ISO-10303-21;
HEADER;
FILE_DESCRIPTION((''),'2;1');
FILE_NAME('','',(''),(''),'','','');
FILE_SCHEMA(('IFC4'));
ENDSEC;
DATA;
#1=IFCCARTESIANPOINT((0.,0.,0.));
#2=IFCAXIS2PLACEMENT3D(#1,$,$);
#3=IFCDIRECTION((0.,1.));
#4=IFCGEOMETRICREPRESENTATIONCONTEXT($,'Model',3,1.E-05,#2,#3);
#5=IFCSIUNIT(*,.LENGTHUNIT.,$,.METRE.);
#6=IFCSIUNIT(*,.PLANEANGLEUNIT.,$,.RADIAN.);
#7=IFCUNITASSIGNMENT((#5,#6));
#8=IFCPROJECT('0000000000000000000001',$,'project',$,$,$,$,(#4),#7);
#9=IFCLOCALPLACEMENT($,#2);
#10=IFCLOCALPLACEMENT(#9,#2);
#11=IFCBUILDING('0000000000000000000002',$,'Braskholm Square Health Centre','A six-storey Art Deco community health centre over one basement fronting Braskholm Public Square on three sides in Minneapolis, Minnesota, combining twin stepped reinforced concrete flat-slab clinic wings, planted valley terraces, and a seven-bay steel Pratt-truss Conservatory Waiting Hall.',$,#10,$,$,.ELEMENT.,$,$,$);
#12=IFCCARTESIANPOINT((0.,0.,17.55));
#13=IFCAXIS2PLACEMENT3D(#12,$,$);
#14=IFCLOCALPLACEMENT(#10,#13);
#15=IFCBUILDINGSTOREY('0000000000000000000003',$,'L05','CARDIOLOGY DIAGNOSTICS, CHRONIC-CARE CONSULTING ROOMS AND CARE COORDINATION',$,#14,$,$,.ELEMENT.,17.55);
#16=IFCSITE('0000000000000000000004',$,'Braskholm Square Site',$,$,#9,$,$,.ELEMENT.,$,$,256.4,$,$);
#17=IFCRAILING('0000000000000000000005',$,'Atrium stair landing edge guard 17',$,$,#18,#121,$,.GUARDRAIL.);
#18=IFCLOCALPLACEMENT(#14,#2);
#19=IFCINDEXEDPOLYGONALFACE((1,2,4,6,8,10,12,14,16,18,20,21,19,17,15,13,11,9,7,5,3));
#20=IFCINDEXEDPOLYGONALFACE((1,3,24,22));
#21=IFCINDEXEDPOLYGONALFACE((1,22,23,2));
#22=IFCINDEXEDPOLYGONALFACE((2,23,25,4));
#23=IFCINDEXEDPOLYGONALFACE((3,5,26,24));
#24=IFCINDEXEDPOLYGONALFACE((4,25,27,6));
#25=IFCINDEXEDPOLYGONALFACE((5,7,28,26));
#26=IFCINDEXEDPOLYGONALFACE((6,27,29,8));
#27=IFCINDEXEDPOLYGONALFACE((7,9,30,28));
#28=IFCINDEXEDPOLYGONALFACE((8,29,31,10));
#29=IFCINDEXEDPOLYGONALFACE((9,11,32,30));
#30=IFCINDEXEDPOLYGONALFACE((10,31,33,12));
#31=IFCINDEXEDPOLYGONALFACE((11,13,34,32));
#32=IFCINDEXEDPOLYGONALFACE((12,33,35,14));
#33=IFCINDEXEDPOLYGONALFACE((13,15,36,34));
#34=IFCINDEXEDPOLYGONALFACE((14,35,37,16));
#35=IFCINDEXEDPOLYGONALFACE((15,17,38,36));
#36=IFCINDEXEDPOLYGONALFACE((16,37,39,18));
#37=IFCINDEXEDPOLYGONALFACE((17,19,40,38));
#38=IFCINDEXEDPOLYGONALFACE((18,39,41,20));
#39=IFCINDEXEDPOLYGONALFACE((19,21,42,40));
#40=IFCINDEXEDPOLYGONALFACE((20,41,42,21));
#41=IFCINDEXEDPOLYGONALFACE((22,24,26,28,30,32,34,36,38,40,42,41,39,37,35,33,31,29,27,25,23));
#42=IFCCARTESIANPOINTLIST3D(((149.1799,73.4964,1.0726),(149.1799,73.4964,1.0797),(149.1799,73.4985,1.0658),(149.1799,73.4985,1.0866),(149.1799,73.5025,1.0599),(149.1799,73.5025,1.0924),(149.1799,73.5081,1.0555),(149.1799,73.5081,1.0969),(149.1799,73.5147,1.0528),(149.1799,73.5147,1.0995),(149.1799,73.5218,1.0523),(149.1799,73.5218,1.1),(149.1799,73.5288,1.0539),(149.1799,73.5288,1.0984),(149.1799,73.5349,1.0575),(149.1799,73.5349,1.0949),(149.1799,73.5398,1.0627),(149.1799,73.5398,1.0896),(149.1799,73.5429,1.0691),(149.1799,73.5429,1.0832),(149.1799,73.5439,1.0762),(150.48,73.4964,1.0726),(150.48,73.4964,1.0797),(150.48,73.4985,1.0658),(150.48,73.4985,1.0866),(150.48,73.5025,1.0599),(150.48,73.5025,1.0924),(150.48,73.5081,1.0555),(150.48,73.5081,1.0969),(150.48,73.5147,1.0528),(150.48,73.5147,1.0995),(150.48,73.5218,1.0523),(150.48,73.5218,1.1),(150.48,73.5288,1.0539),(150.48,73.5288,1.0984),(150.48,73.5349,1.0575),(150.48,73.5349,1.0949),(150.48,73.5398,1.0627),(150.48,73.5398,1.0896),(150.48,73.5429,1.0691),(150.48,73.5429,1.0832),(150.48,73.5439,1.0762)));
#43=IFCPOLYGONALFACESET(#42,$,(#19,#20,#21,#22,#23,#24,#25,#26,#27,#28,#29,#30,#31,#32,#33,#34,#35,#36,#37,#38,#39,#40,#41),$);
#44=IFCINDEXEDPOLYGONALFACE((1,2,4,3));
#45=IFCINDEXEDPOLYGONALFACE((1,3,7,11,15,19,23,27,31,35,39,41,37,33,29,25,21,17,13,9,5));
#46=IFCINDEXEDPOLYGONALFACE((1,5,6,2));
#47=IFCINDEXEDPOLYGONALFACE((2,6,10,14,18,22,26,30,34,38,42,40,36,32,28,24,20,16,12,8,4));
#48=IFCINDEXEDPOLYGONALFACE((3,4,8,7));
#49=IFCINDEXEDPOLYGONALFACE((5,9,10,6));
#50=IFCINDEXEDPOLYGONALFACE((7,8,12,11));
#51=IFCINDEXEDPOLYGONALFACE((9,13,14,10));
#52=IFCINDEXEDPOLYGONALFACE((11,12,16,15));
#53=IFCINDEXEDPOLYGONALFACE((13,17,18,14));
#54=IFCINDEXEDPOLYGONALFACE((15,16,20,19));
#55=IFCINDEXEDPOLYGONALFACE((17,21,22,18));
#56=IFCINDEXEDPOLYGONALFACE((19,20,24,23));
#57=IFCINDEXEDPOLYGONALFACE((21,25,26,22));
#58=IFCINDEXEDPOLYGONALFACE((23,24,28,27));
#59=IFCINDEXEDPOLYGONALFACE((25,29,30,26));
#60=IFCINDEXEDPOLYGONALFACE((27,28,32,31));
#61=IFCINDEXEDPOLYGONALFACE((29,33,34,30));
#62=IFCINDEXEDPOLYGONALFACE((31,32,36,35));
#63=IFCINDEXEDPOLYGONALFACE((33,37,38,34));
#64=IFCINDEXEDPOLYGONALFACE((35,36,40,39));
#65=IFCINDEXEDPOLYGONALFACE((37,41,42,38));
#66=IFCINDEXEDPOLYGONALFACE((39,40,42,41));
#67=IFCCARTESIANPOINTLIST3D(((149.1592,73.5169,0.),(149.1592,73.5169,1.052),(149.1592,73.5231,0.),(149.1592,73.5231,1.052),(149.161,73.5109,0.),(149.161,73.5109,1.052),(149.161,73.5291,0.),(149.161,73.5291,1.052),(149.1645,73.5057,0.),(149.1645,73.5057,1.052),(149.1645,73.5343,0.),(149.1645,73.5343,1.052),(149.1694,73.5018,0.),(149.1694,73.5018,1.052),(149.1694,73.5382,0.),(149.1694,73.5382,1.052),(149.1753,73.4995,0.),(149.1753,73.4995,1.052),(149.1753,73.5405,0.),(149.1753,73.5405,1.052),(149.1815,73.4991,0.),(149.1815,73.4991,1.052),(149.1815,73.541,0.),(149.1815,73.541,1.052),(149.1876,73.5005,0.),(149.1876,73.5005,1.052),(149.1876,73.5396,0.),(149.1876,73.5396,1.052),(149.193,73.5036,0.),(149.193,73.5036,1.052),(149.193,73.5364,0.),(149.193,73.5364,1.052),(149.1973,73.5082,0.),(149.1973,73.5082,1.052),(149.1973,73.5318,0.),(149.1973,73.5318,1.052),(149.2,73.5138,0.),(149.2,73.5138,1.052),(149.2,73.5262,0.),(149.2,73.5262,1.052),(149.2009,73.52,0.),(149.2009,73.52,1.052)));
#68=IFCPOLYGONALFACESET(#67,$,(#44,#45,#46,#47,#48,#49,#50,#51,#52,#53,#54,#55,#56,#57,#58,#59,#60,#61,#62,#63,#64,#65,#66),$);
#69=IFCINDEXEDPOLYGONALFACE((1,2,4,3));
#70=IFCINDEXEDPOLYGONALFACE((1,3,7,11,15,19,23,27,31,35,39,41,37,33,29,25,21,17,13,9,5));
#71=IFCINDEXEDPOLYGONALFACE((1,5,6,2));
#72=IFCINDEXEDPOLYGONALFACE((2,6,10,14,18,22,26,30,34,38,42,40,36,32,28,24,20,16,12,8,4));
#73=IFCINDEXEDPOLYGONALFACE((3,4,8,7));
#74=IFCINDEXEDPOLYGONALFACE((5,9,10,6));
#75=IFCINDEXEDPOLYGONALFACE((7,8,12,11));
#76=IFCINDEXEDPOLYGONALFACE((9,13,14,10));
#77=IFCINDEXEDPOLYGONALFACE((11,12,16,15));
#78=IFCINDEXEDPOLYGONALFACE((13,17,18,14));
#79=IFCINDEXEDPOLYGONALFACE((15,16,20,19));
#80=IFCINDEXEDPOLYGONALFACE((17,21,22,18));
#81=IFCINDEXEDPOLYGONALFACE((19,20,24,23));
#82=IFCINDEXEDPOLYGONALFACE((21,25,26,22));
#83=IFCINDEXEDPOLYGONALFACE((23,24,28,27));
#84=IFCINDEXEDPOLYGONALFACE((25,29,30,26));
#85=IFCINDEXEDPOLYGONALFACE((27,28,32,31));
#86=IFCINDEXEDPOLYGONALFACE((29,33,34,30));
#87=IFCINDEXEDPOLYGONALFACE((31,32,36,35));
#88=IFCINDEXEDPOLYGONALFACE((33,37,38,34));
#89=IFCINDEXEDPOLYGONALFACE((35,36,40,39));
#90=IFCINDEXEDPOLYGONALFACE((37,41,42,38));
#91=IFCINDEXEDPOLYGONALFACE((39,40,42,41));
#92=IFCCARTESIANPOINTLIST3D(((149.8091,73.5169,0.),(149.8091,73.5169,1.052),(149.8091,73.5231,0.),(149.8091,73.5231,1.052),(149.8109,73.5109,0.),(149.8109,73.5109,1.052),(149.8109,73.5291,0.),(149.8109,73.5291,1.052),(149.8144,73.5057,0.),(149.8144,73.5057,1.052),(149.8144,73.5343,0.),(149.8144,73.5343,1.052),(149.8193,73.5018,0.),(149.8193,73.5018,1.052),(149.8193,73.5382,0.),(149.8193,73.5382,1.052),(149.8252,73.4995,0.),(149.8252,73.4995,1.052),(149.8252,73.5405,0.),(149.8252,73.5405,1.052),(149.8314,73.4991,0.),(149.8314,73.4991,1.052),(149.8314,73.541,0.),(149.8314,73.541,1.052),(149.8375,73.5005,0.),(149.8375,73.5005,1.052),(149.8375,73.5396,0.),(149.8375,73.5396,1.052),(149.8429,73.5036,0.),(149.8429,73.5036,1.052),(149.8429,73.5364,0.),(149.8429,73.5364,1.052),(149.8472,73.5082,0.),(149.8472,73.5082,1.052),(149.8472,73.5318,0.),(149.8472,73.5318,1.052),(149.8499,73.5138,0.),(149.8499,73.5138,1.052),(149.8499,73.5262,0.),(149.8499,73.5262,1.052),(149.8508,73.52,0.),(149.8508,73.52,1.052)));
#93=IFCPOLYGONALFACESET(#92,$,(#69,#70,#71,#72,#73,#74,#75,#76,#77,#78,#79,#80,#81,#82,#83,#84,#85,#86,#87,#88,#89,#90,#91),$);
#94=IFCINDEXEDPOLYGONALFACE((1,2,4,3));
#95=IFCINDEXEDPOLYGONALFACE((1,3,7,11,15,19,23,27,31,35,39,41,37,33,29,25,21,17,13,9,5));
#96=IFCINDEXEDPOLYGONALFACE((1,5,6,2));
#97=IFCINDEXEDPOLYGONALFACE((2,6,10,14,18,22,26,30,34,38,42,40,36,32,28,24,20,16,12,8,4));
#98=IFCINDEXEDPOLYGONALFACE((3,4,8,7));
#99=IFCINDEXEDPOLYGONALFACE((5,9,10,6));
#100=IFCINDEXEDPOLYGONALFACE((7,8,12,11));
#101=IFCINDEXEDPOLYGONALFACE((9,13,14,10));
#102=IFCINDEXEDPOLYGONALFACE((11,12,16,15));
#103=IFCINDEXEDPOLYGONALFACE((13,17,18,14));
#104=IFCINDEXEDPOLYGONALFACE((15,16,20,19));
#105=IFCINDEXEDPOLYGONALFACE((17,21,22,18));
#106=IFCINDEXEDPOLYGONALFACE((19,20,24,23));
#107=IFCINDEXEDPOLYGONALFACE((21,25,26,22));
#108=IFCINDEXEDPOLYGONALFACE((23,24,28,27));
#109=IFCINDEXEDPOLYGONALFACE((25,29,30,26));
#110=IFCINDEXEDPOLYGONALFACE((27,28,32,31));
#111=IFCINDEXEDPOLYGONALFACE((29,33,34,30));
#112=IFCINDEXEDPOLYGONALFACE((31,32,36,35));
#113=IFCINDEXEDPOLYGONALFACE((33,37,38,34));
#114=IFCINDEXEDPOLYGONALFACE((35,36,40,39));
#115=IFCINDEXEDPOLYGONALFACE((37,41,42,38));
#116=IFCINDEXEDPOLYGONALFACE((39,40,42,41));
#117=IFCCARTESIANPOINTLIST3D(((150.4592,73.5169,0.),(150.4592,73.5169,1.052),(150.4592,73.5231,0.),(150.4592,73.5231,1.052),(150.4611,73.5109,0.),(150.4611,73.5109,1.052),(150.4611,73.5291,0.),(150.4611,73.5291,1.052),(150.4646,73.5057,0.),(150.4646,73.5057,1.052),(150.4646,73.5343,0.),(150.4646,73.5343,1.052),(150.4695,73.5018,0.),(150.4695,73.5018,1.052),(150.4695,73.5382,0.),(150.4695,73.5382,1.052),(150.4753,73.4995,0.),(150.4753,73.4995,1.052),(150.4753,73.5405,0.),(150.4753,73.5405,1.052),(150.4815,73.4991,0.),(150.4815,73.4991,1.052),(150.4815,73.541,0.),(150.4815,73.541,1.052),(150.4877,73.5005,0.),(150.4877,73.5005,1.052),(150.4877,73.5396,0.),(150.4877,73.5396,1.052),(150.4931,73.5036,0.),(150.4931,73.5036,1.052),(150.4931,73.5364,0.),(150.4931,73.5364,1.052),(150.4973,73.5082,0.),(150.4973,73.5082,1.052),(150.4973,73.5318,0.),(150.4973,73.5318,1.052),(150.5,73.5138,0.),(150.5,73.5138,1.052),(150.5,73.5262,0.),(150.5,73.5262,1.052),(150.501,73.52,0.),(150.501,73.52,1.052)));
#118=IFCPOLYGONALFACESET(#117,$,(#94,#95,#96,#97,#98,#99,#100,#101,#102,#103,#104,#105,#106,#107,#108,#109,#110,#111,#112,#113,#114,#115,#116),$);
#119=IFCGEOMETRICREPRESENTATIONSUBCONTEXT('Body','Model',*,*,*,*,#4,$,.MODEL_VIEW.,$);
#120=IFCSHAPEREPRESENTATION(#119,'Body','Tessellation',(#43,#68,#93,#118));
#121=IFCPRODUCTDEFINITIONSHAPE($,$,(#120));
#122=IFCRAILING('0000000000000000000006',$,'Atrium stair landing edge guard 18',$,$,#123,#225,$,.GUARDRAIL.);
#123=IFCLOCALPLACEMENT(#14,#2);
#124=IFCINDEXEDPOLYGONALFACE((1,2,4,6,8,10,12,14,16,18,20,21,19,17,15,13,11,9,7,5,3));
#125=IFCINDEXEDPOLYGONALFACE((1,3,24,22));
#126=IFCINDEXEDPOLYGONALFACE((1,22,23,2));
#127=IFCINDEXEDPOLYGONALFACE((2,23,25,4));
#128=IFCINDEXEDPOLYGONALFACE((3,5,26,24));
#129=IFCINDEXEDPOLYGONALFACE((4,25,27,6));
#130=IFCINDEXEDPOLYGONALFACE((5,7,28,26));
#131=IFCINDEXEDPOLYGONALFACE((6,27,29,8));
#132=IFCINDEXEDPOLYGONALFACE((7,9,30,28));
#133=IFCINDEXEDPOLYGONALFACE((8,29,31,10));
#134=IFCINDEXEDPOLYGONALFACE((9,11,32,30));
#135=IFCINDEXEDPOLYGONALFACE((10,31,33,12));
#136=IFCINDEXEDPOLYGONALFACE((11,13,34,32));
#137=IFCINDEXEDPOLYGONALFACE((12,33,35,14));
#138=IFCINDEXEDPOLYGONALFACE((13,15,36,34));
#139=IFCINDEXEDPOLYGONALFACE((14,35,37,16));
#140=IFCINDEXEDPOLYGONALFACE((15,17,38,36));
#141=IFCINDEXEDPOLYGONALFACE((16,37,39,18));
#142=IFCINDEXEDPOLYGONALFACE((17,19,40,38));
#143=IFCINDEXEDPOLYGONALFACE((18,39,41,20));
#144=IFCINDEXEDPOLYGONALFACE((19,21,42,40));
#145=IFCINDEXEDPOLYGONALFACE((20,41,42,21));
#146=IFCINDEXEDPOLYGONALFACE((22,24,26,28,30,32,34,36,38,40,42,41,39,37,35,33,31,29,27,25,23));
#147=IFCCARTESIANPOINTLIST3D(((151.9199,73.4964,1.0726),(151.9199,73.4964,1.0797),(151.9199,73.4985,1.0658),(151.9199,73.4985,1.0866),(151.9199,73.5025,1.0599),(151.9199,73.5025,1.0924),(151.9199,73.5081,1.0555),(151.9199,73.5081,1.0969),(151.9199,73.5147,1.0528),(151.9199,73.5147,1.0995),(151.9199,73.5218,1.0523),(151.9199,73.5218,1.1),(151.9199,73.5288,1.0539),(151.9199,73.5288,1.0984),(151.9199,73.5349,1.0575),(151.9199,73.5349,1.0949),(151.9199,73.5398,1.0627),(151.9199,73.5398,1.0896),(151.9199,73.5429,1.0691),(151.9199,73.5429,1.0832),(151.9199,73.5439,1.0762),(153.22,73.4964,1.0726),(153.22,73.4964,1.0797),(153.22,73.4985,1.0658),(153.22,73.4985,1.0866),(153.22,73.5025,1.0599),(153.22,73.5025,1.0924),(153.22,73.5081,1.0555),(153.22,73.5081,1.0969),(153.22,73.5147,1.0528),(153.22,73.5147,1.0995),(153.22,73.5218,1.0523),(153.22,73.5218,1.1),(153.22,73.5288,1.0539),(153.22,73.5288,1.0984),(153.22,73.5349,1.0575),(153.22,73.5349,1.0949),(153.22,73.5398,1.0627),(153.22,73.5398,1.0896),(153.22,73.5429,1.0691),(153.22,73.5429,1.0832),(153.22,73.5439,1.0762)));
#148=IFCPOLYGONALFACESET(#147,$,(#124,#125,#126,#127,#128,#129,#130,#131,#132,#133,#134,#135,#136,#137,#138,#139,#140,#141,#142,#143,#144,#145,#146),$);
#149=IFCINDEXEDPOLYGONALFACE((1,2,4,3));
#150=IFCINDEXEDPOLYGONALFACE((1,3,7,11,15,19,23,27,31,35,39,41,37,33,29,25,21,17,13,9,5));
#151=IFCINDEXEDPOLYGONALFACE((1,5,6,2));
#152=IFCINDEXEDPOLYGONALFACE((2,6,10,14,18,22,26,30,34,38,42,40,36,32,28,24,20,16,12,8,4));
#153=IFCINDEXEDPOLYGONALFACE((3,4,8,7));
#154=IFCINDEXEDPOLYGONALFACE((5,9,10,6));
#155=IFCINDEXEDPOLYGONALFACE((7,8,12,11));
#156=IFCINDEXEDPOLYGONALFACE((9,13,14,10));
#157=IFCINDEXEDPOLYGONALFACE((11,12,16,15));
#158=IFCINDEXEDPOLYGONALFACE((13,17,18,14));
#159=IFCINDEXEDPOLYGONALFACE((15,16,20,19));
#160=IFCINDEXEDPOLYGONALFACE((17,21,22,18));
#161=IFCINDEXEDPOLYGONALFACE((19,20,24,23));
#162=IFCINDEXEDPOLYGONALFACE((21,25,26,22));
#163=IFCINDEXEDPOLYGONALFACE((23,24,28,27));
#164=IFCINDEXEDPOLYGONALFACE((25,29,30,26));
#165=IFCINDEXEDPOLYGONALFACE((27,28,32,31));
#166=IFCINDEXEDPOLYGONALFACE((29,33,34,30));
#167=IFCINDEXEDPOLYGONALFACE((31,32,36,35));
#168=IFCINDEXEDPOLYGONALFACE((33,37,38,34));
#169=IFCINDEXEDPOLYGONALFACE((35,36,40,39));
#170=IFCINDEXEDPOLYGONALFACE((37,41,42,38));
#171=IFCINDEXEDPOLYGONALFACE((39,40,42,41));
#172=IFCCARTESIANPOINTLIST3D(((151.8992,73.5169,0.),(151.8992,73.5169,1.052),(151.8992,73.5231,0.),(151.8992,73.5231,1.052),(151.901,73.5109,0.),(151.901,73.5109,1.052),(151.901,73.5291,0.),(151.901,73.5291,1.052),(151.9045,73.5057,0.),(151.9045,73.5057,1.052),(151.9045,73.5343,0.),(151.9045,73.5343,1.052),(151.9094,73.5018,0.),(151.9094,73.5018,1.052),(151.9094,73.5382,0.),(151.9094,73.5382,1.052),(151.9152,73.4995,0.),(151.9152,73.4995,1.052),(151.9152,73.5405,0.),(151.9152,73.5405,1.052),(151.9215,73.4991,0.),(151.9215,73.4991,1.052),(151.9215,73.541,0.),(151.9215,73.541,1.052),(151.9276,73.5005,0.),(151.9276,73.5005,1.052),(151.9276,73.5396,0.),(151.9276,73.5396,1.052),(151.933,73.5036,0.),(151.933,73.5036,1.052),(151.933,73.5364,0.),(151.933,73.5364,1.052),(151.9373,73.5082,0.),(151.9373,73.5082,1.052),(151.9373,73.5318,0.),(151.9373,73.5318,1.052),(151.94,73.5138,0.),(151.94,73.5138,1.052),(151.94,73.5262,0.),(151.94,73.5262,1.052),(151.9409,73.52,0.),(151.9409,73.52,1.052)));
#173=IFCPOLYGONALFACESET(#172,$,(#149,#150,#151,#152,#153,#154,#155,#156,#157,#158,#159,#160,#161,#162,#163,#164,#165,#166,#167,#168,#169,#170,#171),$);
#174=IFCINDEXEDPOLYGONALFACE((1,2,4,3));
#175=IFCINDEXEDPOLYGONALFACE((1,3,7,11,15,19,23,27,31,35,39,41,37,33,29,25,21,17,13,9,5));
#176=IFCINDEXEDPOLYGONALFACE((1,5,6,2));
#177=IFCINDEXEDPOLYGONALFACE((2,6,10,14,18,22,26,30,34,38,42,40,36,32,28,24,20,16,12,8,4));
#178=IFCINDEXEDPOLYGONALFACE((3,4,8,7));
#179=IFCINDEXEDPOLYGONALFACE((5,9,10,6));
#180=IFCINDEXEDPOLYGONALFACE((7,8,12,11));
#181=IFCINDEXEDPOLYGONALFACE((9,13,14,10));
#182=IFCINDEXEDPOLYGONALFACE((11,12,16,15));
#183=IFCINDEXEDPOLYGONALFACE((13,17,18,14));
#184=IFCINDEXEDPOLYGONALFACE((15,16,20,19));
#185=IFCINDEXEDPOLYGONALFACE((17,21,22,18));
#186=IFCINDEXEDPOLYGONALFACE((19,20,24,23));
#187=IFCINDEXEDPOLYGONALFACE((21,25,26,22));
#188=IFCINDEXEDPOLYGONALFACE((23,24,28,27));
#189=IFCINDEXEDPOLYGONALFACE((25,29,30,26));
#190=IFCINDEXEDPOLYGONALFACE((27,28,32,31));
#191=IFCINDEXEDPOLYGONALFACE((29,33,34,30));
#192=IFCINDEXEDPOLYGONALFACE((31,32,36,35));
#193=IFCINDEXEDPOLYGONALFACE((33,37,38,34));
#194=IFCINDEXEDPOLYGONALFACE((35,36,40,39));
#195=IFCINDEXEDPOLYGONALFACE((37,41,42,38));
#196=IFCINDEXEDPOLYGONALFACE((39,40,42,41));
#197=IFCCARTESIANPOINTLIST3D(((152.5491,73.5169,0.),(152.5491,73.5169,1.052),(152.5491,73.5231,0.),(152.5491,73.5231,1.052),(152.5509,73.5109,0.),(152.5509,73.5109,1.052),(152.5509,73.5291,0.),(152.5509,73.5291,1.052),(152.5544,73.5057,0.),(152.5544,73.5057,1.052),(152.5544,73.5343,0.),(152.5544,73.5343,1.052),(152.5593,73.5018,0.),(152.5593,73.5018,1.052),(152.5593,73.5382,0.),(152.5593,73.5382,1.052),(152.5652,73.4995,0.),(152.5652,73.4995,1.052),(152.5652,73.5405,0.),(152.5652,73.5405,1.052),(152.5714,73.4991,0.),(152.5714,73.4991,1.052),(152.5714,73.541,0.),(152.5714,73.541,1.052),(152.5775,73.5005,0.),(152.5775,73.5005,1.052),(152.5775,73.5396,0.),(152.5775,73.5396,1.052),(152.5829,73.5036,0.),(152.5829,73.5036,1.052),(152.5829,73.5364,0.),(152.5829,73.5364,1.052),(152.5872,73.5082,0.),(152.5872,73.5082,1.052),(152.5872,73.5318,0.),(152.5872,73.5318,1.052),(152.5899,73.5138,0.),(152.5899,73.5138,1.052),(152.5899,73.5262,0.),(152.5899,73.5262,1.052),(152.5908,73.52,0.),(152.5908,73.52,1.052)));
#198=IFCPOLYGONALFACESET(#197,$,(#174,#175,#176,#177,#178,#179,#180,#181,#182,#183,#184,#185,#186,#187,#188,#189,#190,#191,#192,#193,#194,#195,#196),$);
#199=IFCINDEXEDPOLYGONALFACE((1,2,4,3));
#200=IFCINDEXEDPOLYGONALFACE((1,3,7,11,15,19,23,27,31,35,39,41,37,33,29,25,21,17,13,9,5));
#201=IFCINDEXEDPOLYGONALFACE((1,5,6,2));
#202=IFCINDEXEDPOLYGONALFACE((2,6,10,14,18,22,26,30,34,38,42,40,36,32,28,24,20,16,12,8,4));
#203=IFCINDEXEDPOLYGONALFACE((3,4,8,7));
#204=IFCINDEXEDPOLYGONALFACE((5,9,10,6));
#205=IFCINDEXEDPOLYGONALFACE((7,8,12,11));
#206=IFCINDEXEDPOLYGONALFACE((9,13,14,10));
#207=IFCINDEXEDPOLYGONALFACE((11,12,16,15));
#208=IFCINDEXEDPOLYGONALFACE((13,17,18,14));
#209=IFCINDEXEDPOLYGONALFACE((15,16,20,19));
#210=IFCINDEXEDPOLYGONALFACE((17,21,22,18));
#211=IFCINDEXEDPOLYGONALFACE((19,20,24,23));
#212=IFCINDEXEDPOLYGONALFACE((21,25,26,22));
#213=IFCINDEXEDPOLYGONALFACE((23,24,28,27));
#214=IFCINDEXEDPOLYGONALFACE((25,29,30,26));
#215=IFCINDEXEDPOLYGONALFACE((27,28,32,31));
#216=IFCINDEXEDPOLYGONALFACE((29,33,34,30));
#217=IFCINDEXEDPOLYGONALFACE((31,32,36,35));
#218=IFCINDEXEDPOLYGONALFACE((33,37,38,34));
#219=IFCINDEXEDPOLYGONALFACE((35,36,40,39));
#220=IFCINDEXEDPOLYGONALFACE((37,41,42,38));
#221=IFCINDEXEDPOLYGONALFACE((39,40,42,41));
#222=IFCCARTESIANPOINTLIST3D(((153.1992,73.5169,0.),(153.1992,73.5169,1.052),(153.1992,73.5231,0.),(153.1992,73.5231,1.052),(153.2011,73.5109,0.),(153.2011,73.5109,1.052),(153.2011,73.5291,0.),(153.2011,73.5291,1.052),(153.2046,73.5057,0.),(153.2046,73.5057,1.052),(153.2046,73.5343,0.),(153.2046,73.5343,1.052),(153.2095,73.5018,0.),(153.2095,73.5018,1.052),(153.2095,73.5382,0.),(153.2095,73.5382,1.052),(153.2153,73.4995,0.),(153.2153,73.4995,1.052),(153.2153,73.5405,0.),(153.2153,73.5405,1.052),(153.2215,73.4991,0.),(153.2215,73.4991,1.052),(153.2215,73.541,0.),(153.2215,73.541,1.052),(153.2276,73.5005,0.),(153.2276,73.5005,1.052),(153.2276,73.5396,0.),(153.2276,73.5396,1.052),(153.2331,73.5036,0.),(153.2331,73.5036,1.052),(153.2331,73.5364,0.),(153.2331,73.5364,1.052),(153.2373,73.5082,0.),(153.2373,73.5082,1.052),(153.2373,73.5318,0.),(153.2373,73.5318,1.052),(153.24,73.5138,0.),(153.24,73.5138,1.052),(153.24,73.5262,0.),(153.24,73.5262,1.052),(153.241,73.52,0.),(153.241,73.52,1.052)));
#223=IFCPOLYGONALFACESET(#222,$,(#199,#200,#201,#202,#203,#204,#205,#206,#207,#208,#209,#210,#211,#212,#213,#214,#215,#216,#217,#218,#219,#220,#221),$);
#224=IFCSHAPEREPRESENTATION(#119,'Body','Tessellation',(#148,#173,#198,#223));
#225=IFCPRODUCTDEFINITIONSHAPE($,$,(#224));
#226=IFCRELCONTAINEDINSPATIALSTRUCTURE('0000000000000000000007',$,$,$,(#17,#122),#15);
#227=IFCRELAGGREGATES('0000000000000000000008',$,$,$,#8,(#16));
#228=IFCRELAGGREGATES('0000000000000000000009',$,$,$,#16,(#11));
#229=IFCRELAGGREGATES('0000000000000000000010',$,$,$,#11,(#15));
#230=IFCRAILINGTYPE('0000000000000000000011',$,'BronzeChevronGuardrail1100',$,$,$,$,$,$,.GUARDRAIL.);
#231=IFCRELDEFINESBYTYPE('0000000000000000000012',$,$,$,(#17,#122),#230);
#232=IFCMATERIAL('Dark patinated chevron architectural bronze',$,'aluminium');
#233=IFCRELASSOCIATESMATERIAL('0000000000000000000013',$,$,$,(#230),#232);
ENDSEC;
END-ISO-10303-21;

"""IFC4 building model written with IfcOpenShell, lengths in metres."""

from ifc_helpers import new_model, si_unit, direction, frame, origin, origin_2d, place, context, subcontext, project, spatial, circle, extrude, material, type_object, element, save


model = new_model("IFC4")

# Units and contexts
model_context = context("Model", 3, precision=1e-05, world=origin(), true_north=direction((0.0, 1.0)))
body_context = subcontext(model_context, "Body", "Model", "MODEL_VIEW")
ifc_project = project(units=[si_unit("LENGTHUNIT", "METRE"), si_unit("PLANEANGLEUNIT", "RADIAN")], contexts=[model_context])

# Site, building, storey
site_placement = place(None, origin())
site = spatial("IfcSite", under=ifc_project, at=site_placement, Name="Braskholm Square Site", CompositionType="ELEMENT", RefElevation=256.4)
building_placement = place(site_placement, origin())
building = spatial("IfcBuilding", under=site, at=building_placement, Name="Braskholm Square Health Centre", Description="A six-storey Art Deco community health centre over one basement fronting Braskholm Public Square on three sides in Minneapolis, Minnesota, combining twin stepped reinforced concrete flat-slab clinic wings, planted valley terraces, and a seven-bay steel Pratt-truss Conservatory Waiting Hall.", CompositionType="ELEMENT")
storey_placement = place(building_placement, frame((0.0, 0.0, 17.55)))
storey = spatial("IfcBuildingStorey", under=building, at=storey_placement, Name="L05", Description="CARDIOLOGY DIAGNOSTICS, CHRONIC-CARE CONSULTING ROOMS AND CARE COORDINATION", CompositionType="ELEMENT", Elevation=17.55)

# Railings
ifc_material_1 = material(Name="Dark patinated chevron architectural bronze", Category="aluminium")
railing_type = type_object("IfcRailingType", Name="BronzeChevronGuardrail1100", PredefinedType="GUARDRAIL", material=ifc_material_1)
for number, where, name in (
    (1, (149.1799, 73.52, 0.0), "Atrium stair landing edge guard 17"),
    (2, (151.9199, 73.52, 0.0), "Atrium stair landing edge guard 18"),
):
    element("IfcRailing", number, at=place(storey_placement, frame(where)), inside=storey, type_object=railing_type, Name=name, PredefinedType="GUARDRAIL", context=body_context, shape_type="SweptSolid", body=[
        extrude(circle(Radius=0.0239, at=origin_2d()), frame((0.0, 0.0, 1.0762), z_axis=(1.0, 0.0, 0.0), x_axis=(0.0, 1.0, 0.0)), (0.0, 0.0, 1.0), 1.3),
        extrude(circle(Radius=0.021, at=origin_2d()), origin(), (0.0, 0.0, 1.0), 1.052),
        extrude(circle(Radius=0.021, at=origin_2d()), frame((0.6499, 0.0, 0.0)), (0.0, 0.0, 1.0), 1.052),
        extrude(circle(Radius=0.021, at=origin_2d()), frame((1.3, 0.0, 0.0)), (0.0, 0.0, 1.0), 1.052),
    ])

save(model, "model.ifc")
